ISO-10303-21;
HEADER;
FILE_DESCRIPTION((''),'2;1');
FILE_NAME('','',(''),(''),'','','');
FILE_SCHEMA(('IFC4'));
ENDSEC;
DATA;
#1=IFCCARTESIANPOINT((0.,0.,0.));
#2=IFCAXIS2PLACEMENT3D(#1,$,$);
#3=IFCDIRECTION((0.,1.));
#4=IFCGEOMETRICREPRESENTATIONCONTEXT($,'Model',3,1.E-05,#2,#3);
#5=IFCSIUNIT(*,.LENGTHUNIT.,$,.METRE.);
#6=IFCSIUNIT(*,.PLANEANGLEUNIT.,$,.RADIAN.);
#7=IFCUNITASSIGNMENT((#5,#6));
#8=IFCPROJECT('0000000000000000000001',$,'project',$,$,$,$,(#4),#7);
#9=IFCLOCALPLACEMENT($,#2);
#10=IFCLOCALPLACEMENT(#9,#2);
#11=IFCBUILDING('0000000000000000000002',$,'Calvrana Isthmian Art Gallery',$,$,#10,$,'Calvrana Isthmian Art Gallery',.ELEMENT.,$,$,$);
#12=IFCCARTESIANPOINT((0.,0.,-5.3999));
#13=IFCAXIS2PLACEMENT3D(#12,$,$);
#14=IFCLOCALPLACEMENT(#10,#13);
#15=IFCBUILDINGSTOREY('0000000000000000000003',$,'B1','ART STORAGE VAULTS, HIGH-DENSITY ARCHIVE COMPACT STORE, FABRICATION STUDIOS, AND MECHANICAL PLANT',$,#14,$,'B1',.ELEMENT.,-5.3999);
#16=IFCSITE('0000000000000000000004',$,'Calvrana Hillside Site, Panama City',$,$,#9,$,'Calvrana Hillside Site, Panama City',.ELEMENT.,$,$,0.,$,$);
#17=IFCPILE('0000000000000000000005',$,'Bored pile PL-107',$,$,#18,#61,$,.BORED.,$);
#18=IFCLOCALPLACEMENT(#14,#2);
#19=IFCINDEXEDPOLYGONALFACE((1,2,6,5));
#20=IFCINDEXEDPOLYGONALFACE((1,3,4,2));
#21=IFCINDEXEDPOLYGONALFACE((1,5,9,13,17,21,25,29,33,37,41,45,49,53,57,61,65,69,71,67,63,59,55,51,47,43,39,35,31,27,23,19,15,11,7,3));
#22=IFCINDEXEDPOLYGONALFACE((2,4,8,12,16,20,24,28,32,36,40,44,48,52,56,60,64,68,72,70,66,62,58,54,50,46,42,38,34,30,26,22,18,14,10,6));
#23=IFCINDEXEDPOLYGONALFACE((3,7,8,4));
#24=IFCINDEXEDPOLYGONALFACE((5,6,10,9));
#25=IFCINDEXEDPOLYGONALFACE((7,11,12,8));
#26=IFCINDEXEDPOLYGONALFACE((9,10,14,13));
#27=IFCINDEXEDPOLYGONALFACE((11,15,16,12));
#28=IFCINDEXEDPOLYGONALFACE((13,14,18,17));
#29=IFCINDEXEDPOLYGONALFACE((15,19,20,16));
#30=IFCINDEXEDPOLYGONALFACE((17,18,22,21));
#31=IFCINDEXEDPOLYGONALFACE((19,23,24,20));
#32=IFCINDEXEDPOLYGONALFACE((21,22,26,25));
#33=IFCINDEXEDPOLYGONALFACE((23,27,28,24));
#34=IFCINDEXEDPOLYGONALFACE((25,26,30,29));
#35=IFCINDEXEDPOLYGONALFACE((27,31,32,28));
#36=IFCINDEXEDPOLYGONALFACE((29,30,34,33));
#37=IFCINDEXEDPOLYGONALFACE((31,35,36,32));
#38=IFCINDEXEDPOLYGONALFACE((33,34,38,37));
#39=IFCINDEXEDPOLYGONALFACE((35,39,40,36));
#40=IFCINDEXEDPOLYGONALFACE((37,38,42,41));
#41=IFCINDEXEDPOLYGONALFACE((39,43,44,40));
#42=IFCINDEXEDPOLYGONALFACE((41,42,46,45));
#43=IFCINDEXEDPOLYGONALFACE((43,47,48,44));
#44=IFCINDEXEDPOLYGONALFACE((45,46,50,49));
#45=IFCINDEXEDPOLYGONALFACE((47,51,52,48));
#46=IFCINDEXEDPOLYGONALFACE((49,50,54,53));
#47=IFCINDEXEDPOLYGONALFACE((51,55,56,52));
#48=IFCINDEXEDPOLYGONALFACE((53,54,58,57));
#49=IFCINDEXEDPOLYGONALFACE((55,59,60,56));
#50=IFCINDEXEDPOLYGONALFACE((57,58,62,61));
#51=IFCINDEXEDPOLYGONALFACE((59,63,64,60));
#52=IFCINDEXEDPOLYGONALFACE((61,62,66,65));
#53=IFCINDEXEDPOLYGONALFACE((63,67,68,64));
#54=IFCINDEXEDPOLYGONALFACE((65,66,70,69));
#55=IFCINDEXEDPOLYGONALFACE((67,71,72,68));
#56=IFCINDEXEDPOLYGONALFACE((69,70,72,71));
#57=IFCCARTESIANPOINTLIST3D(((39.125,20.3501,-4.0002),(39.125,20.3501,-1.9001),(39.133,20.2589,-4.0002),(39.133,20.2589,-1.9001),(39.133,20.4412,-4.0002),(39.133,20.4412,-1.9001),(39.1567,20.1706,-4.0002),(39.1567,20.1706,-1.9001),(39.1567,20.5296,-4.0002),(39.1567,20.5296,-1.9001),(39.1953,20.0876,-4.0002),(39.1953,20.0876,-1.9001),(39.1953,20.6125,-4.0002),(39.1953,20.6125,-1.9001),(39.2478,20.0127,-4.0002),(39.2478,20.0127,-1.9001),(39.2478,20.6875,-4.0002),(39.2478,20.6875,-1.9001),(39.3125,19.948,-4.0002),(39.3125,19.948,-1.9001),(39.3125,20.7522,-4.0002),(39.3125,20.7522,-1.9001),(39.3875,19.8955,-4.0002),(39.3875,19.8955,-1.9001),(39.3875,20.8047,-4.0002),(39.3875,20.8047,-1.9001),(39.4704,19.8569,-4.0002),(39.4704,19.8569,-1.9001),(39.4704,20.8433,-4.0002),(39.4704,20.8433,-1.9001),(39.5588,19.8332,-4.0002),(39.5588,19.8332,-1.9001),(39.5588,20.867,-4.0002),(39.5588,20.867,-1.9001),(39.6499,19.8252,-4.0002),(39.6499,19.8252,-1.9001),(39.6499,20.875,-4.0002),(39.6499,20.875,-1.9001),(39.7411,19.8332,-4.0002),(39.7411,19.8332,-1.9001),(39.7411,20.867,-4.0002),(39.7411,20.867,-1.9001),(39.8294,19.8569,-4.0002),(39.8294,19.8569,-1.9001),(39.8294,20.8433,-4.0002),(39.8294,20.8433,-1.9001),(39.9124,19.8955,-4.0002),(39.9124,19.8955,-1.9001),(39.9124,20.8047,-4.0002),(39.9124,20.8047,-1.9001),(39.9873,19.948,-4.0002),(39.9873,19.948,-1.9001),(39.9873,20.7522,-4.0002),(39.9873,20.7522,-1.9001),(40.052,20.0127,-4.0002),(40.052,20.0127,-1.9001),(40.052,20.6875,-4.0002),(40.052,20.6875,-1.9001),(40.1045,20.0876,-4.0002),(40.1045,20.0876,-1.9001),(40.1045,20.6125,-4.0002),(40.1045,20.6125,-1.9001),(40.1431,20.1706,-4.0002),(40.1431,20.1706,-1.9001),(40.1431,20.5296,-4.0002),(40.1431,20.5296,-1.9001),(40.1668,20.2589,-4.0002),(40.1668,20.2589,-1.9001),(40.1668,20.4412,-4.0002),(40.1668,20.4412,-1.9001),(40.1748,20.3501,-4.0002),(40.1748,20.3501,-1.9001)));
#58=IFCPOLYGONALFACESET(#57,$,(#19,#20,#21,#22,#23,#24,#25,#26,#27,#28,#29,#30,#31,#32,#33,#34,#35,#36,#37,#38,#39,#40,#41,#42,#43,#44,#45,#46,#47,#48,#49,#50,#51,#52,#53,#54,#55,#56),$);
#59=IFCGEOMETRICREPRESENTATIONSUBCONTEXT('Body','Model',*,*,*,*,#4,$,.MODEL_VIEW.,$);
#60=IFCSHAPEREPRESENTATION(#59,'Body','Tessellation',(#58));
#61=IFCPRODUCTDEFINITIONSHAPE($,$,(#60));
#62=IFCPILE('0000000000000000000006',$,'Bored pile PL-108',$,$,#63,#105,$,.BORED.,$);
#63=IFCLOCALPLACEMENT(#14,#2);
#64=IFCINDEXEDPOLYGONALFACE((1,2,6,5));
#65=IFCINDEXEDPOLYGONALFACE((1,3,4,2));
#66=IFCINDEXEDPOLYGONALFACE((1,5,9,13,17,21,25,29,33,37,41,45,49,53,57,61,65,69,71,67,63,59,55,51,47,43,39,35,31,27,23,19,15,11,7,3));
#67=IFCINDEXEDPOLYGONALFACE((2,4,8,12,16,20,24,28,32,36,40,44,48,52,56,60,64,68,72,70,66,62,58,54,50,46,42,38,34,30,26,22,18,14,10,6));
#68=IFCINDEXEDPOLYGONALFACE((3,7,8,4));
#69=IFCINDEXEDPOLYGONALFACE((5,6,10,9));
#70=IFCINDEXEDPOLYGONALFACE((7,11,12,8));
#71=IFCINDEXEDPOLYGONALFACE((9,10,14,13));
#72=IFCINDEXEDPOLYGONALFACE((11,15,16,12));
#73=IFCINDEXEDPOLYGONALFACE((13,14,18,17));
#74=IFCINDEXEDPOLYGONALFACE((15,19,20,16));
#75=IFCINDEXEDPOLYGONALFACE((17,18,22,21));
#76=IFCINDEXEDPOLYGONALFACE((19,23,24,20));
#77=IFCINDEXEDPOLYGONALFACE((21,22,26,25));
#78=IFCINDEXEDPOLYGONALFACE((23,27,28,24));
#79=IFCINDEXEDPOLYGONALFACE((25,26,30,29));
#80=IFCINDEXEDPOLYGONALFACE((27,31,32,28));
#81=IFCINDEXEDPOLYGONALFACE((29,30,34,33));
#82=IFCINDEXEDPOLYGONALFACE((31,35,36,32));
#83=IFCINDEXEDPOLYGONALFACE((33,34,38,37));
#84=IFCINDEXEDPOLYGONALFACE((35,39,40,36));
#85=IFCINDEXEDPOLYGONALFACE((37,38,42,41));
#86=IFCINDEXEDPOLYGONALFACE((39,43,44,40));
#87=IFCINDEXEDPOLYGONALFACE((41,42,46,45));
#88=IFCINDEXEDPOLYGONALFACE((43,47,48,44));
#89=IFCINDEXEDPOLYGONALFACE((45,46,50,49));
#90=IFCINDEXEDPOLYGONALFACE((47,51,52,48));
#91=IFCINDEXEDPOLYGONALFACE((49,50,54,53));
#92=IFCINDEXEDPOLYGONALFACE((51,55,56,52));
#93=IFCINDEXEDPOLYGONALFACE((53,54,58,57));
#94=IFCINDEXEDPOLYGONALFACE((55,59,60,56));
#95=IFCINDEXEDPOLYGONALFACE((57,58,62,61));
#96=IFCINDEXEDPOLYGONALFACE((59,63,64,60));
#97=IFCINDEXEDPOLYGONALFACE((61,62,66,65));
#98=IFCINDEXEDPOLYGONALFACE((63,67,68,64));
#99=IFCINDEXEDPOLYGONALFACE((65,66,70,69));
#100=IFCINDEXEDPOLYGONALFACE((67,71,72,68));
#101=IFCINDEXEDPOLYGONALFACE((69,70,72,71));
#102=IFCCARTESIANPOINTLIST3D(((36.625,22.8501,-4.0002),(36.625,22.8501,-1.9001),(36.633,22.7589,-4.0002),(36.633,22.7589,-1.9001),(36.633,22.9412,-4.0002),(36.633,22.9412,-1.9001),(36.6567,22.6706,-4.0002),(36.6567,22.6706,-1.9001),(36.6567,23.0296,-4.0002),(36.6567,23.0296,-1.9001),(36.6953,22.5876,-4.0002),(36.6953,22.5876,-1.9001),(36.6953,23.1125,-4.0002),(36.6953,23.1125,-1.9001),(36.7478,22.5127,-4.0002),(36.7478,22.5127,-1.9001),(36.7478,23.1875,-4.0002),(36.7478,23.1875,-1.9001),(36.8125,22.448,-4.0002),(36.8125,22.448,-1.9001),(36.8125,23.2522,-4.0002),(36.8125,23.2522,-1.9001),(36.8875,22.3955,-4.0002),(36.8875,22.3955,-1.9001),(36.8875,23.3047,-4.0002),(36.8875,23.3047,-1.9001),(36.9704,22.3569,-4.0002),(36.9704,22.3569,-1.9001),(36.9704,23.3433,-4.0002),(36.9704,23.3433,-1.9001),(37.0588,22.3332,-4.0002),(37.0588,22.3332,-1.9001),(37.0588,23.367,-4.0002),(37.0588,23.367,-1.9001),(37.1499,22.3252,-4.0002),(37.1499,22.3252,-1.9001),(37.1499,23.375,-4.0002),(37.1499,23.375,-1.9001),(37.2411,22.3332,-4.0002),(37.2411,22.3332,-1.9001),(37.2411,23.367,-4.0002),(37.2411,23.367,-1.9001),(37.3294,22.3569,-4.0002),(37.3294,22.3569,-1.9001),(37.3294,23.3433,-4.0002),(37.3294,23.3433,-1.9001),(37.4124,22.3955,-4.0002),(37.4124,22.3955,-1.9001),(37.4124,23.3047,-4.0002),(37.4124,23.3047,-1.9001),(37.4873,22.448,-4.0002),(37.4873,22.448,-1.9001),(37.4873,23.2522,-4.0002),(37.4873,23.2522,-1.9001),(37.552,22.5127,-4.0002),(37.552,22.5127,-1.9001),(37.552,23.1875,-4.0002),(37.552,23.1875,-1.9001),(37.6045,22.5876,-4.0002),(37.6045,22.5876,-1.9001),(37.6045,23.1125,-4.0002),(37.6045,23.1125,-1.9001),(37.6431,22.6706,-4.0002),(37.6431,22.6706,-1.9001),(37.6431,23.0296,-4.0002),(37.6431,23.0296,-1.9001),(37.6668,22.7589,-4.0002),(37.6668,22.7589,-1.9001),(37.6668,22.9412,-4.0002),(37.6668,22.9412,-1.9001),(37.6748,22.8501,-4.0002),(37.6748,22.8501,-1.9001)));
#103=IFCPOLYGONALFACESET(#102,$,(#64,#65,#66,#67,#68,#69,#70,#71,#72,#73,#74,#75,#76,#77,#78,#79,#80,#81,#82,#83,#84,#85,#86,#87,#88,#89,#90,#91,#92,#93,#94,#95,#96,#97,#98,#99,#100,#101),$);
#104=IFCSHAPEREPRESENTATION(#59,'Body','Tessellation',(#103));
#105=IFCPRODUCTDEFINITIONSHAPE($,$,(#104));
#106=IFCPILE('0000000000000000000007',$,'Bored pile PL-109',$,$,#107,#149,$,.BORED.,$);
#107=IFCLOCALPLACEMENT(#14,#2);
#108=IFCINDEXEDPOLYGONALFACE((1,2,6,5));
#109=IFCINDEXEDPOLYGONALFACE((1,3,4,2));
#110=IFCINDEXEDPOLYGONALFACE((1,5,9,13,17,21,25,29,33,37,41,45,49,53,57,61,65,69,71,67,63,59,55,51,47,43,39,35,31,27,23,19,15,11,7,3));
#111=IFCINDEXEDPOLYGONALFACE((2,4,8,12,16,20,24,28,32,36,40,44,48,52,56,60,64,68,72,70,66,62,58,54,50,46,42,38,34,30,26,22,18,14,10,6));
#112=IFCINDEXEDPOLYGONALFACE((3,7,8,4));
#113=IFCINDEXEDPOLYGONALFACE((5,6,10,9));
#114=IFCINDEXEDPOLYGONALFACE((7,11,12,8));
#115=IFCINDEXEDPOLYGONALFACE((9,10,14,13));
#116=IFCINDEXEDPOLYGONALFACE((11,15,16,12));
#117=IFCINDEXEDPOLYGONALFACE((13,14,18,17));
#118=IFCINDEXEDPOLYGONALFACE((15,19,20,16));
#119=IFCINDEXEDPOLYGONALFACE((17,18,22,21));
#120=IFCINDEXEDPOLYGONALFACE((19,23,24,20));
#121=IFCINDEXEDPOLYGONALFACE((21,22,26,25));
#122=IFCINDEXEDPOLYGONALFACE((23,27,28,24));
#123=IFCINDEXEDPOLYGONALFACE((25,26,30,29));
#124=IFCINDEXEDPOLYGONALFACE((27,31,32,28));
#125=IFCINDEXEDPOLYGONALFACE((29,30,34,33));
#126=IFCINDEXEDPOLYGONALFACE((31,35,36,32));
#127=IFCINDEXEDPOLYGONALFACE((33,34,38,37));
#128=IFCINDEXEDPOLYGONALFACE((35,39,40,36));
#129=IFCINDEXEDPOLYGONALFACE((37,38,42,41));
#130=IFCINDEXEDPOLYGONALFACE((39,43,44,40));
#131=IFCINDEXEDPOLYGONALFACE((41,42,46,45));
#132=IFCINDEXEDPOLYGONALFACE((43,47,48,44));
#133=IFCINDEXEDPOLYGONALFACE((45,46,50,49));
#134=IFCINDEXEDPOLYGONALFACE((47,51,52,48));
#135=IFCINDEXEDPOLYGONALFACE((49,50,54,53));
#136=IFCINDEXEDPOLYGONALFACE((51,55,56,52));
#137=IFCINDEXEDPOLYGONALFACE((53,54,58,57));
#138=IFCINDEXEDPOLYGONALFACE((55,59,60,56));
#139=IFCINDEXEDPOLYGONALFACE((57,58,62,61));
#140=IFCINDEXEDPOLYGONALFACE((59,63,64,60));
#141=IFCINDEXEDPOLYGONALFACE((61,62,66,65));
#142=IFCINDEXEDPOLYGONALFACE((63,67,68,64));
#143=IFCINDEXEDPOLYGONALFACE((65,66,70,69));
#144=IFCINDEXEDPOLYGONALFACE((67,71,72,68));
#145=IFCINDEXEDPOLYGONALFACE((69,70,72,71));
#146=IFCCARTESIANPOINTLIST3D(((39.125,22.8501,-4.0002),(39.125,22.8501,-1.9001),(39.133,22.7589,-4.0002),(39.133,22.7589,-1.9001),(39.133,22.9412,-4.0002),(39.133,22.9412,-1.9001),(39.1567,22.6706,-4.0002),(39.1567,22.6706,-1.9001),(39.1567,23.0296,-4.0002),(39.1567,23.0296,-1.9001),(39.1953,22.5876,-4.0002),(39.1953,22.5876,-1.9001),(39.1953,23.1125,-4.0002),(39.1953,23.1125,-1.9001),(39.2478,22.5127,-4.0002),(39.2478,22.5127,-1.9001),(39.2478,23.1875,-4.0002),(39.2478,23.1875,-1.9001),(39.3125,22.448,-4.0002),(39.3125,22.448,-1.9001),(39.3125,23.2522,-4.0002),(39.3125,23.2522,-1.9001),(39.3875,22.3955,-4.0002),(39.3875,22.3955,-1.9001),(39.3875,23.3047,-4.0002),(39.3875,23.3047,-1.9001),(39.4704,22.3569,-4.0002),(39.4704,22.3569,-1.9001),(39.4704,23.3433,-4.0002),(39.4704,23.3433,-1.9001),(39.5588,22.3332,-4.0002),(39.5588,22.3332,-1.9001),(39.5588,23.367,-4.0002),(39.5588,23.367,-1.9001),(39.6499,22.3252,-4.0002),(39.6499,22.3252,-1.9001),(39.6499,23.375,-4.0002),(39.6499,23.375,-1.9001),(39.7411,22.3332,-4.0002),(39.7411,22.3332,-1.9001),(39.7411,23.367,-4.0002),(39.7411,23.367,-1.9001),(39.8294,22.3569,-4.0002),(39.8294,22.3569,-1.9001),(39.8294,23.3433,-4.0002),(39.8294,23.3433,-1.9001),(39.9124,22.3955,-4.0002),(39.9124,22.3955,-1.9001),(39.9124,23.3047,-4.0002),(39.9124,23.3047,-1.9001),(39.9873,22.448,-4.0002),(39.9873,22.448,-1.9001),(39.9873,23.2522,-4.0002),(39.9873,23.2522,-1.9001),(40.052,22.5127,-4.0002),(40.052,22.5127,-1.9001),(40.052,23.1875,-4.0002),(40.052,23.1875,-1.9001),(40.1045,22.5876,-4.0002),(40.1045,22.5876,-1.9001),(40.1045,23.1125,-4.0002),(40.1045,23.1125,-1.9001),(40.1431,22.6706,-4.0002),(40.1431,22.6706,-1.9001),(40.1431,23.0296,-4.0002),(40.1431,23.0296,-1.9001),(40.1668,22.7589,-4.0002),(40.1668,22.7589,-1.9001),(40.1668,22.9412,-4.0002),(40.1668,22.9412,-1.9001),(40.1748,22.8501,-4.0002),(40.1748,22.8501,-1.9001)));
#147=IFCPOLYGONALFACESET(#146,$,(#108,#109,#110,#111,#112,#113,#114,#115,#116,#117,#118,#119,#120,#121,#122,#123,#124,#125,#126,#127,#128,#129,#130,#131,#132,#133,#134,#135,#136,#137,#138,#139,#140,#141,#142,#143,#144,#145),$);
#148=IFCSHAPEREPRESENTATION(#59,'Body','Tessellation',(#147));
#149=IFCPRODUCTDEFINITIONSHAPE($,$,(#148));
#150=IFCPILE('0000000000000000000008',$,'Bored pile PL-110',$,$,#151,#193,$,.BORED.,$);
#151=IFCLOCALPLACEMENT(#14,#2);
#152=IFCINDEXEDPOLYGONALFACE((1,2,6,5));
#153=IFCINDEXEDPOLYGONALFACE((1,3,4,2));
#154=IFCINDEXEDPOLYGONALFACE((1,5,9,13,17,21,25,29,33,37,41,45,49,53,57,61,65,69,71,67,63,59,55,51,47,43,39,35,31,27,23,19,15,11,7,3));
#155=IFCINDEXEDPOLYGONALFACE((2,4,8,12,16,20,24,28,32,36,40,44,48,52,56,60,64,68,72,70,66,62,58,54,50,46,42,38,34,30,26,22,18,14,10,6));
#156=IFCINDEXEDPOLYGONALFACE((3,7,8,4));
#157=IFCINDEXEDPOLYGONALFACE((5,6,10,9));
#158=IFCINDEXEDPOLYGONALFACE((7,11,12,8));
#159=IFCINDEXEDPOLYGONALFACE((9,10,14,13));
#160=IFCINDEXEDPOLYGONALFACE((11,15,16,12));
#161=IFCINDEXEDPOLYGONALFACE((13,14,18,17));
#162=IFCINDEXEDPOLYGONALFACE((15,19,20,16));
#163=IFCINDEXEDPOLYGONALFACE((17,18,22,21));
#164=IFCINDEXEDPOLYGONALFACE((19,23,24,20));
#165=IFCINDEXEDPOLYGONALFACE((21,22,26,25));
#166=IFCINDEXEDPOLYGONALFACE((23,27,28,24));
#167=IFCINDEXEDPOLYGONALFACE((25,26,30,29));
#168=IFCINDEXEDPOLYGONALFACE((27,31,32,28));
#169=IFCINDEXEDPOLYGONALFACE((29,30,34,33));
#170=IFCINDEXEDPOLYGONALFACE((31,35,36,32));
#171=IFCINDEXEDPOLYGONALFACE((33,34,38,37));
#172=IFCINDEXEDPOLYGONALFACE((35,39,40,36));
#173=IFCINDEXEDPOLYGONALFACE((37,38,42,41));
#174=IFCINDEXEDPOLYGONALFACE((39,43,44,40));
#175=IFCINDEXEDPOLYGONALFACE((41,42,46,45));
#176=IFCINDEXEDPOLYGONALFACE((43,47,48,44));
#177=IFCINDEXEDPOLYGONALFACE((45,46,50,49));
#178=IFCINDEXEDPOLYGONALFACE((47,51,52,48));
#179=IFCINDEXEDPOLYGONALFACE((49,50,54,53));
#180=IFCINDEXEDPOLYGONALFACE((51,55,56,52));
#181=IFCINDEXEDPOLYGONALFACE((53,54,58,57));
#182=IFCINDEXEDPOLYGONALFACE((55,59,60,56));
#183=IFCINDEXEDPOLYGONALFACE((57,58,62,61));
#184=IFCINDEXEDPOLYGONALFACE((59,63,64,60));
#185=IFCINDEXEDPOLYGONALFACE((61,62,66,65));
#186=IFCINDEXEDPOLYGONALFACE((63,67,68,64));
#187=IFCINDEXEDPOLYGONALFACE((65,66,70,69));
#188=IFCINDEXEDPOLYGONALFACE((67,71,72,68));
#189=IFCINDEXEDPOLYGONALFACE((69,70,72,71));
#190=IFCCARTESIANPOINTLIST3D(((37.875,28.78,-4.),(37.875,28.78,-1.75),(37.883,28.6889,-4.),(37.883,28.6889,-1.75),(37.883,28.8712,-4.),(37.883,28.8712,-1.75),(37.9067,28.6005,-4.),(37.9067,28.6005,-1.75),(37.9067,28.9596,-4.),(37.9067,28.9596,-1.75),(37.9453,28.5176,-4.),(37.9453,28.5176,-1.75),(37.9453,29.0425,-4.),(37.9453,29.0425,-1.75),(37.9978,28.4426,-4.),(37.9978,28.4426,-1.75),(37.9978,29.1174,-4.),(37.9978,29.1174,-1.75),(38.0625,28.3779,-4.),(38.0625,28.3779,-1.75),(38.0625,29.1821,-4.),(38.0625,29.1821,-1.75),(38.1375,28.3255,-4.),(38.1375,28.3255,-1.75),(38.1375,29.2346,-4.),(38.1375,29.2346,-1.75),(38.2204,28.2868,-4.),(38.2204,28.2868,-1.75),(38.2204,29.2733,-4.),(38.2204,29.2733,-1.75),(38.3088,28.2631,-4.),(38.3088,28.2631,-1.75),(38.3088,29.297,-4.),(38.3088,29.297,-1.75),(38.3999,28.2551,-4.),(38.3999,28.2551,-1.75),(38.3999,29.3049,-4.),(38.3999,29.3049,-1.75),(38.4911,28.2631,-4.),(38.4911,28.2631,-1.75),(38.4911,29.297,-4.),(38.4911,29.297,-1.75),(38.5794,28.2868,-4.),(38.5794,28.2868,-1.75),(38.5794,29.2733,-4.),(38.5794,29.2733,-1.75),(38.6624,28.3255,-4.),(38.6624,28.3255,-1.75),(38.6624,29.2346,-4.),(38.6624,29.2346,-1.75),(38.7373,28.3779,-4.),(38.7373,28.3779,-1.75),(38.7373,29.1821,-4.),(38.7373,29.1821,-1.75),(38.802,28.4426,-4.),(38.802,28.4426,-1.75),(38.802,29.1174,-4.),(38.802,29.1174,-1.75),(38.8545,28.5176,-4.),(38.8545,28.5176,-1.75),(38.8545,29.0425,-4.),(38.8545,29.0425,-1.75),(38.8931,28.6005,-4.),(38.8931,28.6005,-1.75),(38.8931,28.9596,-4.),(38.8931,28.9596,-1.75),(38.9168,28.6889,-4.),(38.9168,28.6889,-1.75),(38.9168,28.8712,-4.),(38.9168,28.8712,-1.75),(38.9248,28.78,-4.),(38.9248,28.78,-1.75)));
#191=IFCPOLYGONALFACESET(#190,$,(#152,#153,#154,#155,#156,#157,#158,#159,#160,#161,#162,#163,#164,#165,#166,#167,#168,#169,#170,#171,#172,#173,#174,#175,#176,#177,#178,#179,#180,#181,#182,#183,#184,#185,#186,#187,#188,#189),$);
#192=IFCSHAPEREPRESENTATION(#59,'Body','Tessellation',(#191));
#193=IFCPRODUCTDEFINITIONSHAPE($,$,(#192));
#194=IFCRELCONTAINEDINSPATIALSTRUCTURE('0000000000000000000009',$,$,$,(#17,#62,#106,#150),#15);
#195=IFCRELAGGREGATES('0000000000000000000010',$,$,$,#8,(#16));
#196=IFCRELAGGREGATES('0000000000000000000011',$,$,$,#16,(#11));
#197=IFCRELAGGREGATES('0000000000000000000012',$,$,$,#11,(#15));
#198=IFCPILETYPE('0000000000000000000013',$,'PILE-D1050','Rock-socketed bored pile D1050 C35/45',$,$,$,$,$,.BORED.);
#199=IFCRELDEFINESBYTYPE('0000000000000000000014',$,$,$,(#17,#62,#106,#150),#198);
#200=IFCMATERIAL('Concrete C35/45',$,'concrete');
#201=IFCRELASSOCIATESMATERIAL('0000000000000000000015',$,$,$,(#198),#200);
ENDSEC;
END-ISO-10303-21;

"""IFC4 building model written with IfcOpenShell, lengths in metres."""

from ifc_helpers import new_model, si_unit, direction, frame, origin, origin_2d, place, context, subcontext, project, spatial, circle, extrude, material, material_profile, profile_set, type_object, element, save


model = new_model("IFC4")

# Units and contexts
model_context = context("Model", 3, precision=1e-05, world=origin(), true_north=direction((0.0, 1.0)))
body_context = subcontext(model_context, "Body", "Model", "MODEL_VIEW")
ifc_project = project(units=[si_unit("LENGTHUNIT", "METRE"), si_unit("PLANEANGLEUNIT", "RADIAN")], contexts=[model_context])

# Site, building, storey
site_placement = place(None, origin())
site = spatial("IfcSite", under=ifc_project, at=site_placement, Name="Calvrana Hillside Site, Panama City", LongName="Calvrana Hillside Site, Panama City", CompositionType="ELEMENT", RefElevation=0.0)
building_placement = place(site_placement, origin())
building = spatial("IfcBuilding", under=site, at=building_placement, Name="Calvrana Isthmian Art Gallery", LongName="Calvrana Isthmian Art Gallery", CompositionType="ELEMENT")
storey_placement = place(building_placement, frame((0.0, 0.0, -5.3999)))
storey = spatial("IfcBuildingStorey", under=building, at=storey_placement, Name="B1", Description="ART STORAGE VAULTS, HIGH-DENSITY ARCHIVE COMPACT STORE, FABRICATION STUDIOS, AND MECHANICAL PLANT", LongName="B1", CompositionType="ELEMENT", Elevation=-5.3999)

# Shared definitions
ifc_material_1 = material(Name="Concrete C35/45", Category="concrete")

# Piles
ifc_material_profile_1 = material_profile(ifc_material_1, circle(Radius=0.5249, at=origin_2d()), Name="PILE1050D")
ifc_profile_set_1 = profile_set([ifc_material_profile_1], Name="Concrete C35/45")
pile_type_1 = type_object("IfcPileType", Name="PILE-D1050", Description="Rock-socketed bored pile D1050 C35/45", PredefinedType="BORED", material=ifc_profile_set_1)
for number, where, z_axis, x_axis, name in (
    (1, (39.6499, 20.3501, -1.9001), (0.0, 0.0, -1.0), (1.0, 0.0, 0.0), "Bored pile PL-107"),
    (2, (37.1499, 22.8501, -1.9001), (0.0, 0.0, -1.0), (1.0, 0.0, 0.0), "Bored pile PL-108"),
    (3, (39.6499, 22.8501, -1.9001), (0.0, 0.0, -1.0), (1.0, 0.0, 0.0), "Bored pile PL-109"),
):
    element("IfcPile", number, at=place(storey_placement, frame(where, z_axis=z_axis, x_axis=x_axis)), inside=storey, type_object=pile_type_1, Name=name, PredefinedType="BORED", context=body_context, shape_type="SweptSolid", body=[
        extrude(circle(Radius=0.5249, at=origin_2d()), origin(), (0.0, 0.0, 1.0), 2.1001),
    ])
pile_1_placement = place(storey_placement, frame((38.3999, 28.78, -1.75), z_axis=(0.0, 0.0, -1.0), x_axis=(1.0, 0.0, 0.0)))
element("IfcPile", 4, at=pile_1_placement, inside=storey, type_object=pile_type_1, Name="Bored pile PL-110", PredefinedType="BORED", context=body_context, shape_type="SweptSolid", body=[
    extrude(circle(Radius=0.5249, at=origin_2d()), origin(), (0.0, 0.0, 1.0), 2.25),
])

save(model, "model.ifc")
